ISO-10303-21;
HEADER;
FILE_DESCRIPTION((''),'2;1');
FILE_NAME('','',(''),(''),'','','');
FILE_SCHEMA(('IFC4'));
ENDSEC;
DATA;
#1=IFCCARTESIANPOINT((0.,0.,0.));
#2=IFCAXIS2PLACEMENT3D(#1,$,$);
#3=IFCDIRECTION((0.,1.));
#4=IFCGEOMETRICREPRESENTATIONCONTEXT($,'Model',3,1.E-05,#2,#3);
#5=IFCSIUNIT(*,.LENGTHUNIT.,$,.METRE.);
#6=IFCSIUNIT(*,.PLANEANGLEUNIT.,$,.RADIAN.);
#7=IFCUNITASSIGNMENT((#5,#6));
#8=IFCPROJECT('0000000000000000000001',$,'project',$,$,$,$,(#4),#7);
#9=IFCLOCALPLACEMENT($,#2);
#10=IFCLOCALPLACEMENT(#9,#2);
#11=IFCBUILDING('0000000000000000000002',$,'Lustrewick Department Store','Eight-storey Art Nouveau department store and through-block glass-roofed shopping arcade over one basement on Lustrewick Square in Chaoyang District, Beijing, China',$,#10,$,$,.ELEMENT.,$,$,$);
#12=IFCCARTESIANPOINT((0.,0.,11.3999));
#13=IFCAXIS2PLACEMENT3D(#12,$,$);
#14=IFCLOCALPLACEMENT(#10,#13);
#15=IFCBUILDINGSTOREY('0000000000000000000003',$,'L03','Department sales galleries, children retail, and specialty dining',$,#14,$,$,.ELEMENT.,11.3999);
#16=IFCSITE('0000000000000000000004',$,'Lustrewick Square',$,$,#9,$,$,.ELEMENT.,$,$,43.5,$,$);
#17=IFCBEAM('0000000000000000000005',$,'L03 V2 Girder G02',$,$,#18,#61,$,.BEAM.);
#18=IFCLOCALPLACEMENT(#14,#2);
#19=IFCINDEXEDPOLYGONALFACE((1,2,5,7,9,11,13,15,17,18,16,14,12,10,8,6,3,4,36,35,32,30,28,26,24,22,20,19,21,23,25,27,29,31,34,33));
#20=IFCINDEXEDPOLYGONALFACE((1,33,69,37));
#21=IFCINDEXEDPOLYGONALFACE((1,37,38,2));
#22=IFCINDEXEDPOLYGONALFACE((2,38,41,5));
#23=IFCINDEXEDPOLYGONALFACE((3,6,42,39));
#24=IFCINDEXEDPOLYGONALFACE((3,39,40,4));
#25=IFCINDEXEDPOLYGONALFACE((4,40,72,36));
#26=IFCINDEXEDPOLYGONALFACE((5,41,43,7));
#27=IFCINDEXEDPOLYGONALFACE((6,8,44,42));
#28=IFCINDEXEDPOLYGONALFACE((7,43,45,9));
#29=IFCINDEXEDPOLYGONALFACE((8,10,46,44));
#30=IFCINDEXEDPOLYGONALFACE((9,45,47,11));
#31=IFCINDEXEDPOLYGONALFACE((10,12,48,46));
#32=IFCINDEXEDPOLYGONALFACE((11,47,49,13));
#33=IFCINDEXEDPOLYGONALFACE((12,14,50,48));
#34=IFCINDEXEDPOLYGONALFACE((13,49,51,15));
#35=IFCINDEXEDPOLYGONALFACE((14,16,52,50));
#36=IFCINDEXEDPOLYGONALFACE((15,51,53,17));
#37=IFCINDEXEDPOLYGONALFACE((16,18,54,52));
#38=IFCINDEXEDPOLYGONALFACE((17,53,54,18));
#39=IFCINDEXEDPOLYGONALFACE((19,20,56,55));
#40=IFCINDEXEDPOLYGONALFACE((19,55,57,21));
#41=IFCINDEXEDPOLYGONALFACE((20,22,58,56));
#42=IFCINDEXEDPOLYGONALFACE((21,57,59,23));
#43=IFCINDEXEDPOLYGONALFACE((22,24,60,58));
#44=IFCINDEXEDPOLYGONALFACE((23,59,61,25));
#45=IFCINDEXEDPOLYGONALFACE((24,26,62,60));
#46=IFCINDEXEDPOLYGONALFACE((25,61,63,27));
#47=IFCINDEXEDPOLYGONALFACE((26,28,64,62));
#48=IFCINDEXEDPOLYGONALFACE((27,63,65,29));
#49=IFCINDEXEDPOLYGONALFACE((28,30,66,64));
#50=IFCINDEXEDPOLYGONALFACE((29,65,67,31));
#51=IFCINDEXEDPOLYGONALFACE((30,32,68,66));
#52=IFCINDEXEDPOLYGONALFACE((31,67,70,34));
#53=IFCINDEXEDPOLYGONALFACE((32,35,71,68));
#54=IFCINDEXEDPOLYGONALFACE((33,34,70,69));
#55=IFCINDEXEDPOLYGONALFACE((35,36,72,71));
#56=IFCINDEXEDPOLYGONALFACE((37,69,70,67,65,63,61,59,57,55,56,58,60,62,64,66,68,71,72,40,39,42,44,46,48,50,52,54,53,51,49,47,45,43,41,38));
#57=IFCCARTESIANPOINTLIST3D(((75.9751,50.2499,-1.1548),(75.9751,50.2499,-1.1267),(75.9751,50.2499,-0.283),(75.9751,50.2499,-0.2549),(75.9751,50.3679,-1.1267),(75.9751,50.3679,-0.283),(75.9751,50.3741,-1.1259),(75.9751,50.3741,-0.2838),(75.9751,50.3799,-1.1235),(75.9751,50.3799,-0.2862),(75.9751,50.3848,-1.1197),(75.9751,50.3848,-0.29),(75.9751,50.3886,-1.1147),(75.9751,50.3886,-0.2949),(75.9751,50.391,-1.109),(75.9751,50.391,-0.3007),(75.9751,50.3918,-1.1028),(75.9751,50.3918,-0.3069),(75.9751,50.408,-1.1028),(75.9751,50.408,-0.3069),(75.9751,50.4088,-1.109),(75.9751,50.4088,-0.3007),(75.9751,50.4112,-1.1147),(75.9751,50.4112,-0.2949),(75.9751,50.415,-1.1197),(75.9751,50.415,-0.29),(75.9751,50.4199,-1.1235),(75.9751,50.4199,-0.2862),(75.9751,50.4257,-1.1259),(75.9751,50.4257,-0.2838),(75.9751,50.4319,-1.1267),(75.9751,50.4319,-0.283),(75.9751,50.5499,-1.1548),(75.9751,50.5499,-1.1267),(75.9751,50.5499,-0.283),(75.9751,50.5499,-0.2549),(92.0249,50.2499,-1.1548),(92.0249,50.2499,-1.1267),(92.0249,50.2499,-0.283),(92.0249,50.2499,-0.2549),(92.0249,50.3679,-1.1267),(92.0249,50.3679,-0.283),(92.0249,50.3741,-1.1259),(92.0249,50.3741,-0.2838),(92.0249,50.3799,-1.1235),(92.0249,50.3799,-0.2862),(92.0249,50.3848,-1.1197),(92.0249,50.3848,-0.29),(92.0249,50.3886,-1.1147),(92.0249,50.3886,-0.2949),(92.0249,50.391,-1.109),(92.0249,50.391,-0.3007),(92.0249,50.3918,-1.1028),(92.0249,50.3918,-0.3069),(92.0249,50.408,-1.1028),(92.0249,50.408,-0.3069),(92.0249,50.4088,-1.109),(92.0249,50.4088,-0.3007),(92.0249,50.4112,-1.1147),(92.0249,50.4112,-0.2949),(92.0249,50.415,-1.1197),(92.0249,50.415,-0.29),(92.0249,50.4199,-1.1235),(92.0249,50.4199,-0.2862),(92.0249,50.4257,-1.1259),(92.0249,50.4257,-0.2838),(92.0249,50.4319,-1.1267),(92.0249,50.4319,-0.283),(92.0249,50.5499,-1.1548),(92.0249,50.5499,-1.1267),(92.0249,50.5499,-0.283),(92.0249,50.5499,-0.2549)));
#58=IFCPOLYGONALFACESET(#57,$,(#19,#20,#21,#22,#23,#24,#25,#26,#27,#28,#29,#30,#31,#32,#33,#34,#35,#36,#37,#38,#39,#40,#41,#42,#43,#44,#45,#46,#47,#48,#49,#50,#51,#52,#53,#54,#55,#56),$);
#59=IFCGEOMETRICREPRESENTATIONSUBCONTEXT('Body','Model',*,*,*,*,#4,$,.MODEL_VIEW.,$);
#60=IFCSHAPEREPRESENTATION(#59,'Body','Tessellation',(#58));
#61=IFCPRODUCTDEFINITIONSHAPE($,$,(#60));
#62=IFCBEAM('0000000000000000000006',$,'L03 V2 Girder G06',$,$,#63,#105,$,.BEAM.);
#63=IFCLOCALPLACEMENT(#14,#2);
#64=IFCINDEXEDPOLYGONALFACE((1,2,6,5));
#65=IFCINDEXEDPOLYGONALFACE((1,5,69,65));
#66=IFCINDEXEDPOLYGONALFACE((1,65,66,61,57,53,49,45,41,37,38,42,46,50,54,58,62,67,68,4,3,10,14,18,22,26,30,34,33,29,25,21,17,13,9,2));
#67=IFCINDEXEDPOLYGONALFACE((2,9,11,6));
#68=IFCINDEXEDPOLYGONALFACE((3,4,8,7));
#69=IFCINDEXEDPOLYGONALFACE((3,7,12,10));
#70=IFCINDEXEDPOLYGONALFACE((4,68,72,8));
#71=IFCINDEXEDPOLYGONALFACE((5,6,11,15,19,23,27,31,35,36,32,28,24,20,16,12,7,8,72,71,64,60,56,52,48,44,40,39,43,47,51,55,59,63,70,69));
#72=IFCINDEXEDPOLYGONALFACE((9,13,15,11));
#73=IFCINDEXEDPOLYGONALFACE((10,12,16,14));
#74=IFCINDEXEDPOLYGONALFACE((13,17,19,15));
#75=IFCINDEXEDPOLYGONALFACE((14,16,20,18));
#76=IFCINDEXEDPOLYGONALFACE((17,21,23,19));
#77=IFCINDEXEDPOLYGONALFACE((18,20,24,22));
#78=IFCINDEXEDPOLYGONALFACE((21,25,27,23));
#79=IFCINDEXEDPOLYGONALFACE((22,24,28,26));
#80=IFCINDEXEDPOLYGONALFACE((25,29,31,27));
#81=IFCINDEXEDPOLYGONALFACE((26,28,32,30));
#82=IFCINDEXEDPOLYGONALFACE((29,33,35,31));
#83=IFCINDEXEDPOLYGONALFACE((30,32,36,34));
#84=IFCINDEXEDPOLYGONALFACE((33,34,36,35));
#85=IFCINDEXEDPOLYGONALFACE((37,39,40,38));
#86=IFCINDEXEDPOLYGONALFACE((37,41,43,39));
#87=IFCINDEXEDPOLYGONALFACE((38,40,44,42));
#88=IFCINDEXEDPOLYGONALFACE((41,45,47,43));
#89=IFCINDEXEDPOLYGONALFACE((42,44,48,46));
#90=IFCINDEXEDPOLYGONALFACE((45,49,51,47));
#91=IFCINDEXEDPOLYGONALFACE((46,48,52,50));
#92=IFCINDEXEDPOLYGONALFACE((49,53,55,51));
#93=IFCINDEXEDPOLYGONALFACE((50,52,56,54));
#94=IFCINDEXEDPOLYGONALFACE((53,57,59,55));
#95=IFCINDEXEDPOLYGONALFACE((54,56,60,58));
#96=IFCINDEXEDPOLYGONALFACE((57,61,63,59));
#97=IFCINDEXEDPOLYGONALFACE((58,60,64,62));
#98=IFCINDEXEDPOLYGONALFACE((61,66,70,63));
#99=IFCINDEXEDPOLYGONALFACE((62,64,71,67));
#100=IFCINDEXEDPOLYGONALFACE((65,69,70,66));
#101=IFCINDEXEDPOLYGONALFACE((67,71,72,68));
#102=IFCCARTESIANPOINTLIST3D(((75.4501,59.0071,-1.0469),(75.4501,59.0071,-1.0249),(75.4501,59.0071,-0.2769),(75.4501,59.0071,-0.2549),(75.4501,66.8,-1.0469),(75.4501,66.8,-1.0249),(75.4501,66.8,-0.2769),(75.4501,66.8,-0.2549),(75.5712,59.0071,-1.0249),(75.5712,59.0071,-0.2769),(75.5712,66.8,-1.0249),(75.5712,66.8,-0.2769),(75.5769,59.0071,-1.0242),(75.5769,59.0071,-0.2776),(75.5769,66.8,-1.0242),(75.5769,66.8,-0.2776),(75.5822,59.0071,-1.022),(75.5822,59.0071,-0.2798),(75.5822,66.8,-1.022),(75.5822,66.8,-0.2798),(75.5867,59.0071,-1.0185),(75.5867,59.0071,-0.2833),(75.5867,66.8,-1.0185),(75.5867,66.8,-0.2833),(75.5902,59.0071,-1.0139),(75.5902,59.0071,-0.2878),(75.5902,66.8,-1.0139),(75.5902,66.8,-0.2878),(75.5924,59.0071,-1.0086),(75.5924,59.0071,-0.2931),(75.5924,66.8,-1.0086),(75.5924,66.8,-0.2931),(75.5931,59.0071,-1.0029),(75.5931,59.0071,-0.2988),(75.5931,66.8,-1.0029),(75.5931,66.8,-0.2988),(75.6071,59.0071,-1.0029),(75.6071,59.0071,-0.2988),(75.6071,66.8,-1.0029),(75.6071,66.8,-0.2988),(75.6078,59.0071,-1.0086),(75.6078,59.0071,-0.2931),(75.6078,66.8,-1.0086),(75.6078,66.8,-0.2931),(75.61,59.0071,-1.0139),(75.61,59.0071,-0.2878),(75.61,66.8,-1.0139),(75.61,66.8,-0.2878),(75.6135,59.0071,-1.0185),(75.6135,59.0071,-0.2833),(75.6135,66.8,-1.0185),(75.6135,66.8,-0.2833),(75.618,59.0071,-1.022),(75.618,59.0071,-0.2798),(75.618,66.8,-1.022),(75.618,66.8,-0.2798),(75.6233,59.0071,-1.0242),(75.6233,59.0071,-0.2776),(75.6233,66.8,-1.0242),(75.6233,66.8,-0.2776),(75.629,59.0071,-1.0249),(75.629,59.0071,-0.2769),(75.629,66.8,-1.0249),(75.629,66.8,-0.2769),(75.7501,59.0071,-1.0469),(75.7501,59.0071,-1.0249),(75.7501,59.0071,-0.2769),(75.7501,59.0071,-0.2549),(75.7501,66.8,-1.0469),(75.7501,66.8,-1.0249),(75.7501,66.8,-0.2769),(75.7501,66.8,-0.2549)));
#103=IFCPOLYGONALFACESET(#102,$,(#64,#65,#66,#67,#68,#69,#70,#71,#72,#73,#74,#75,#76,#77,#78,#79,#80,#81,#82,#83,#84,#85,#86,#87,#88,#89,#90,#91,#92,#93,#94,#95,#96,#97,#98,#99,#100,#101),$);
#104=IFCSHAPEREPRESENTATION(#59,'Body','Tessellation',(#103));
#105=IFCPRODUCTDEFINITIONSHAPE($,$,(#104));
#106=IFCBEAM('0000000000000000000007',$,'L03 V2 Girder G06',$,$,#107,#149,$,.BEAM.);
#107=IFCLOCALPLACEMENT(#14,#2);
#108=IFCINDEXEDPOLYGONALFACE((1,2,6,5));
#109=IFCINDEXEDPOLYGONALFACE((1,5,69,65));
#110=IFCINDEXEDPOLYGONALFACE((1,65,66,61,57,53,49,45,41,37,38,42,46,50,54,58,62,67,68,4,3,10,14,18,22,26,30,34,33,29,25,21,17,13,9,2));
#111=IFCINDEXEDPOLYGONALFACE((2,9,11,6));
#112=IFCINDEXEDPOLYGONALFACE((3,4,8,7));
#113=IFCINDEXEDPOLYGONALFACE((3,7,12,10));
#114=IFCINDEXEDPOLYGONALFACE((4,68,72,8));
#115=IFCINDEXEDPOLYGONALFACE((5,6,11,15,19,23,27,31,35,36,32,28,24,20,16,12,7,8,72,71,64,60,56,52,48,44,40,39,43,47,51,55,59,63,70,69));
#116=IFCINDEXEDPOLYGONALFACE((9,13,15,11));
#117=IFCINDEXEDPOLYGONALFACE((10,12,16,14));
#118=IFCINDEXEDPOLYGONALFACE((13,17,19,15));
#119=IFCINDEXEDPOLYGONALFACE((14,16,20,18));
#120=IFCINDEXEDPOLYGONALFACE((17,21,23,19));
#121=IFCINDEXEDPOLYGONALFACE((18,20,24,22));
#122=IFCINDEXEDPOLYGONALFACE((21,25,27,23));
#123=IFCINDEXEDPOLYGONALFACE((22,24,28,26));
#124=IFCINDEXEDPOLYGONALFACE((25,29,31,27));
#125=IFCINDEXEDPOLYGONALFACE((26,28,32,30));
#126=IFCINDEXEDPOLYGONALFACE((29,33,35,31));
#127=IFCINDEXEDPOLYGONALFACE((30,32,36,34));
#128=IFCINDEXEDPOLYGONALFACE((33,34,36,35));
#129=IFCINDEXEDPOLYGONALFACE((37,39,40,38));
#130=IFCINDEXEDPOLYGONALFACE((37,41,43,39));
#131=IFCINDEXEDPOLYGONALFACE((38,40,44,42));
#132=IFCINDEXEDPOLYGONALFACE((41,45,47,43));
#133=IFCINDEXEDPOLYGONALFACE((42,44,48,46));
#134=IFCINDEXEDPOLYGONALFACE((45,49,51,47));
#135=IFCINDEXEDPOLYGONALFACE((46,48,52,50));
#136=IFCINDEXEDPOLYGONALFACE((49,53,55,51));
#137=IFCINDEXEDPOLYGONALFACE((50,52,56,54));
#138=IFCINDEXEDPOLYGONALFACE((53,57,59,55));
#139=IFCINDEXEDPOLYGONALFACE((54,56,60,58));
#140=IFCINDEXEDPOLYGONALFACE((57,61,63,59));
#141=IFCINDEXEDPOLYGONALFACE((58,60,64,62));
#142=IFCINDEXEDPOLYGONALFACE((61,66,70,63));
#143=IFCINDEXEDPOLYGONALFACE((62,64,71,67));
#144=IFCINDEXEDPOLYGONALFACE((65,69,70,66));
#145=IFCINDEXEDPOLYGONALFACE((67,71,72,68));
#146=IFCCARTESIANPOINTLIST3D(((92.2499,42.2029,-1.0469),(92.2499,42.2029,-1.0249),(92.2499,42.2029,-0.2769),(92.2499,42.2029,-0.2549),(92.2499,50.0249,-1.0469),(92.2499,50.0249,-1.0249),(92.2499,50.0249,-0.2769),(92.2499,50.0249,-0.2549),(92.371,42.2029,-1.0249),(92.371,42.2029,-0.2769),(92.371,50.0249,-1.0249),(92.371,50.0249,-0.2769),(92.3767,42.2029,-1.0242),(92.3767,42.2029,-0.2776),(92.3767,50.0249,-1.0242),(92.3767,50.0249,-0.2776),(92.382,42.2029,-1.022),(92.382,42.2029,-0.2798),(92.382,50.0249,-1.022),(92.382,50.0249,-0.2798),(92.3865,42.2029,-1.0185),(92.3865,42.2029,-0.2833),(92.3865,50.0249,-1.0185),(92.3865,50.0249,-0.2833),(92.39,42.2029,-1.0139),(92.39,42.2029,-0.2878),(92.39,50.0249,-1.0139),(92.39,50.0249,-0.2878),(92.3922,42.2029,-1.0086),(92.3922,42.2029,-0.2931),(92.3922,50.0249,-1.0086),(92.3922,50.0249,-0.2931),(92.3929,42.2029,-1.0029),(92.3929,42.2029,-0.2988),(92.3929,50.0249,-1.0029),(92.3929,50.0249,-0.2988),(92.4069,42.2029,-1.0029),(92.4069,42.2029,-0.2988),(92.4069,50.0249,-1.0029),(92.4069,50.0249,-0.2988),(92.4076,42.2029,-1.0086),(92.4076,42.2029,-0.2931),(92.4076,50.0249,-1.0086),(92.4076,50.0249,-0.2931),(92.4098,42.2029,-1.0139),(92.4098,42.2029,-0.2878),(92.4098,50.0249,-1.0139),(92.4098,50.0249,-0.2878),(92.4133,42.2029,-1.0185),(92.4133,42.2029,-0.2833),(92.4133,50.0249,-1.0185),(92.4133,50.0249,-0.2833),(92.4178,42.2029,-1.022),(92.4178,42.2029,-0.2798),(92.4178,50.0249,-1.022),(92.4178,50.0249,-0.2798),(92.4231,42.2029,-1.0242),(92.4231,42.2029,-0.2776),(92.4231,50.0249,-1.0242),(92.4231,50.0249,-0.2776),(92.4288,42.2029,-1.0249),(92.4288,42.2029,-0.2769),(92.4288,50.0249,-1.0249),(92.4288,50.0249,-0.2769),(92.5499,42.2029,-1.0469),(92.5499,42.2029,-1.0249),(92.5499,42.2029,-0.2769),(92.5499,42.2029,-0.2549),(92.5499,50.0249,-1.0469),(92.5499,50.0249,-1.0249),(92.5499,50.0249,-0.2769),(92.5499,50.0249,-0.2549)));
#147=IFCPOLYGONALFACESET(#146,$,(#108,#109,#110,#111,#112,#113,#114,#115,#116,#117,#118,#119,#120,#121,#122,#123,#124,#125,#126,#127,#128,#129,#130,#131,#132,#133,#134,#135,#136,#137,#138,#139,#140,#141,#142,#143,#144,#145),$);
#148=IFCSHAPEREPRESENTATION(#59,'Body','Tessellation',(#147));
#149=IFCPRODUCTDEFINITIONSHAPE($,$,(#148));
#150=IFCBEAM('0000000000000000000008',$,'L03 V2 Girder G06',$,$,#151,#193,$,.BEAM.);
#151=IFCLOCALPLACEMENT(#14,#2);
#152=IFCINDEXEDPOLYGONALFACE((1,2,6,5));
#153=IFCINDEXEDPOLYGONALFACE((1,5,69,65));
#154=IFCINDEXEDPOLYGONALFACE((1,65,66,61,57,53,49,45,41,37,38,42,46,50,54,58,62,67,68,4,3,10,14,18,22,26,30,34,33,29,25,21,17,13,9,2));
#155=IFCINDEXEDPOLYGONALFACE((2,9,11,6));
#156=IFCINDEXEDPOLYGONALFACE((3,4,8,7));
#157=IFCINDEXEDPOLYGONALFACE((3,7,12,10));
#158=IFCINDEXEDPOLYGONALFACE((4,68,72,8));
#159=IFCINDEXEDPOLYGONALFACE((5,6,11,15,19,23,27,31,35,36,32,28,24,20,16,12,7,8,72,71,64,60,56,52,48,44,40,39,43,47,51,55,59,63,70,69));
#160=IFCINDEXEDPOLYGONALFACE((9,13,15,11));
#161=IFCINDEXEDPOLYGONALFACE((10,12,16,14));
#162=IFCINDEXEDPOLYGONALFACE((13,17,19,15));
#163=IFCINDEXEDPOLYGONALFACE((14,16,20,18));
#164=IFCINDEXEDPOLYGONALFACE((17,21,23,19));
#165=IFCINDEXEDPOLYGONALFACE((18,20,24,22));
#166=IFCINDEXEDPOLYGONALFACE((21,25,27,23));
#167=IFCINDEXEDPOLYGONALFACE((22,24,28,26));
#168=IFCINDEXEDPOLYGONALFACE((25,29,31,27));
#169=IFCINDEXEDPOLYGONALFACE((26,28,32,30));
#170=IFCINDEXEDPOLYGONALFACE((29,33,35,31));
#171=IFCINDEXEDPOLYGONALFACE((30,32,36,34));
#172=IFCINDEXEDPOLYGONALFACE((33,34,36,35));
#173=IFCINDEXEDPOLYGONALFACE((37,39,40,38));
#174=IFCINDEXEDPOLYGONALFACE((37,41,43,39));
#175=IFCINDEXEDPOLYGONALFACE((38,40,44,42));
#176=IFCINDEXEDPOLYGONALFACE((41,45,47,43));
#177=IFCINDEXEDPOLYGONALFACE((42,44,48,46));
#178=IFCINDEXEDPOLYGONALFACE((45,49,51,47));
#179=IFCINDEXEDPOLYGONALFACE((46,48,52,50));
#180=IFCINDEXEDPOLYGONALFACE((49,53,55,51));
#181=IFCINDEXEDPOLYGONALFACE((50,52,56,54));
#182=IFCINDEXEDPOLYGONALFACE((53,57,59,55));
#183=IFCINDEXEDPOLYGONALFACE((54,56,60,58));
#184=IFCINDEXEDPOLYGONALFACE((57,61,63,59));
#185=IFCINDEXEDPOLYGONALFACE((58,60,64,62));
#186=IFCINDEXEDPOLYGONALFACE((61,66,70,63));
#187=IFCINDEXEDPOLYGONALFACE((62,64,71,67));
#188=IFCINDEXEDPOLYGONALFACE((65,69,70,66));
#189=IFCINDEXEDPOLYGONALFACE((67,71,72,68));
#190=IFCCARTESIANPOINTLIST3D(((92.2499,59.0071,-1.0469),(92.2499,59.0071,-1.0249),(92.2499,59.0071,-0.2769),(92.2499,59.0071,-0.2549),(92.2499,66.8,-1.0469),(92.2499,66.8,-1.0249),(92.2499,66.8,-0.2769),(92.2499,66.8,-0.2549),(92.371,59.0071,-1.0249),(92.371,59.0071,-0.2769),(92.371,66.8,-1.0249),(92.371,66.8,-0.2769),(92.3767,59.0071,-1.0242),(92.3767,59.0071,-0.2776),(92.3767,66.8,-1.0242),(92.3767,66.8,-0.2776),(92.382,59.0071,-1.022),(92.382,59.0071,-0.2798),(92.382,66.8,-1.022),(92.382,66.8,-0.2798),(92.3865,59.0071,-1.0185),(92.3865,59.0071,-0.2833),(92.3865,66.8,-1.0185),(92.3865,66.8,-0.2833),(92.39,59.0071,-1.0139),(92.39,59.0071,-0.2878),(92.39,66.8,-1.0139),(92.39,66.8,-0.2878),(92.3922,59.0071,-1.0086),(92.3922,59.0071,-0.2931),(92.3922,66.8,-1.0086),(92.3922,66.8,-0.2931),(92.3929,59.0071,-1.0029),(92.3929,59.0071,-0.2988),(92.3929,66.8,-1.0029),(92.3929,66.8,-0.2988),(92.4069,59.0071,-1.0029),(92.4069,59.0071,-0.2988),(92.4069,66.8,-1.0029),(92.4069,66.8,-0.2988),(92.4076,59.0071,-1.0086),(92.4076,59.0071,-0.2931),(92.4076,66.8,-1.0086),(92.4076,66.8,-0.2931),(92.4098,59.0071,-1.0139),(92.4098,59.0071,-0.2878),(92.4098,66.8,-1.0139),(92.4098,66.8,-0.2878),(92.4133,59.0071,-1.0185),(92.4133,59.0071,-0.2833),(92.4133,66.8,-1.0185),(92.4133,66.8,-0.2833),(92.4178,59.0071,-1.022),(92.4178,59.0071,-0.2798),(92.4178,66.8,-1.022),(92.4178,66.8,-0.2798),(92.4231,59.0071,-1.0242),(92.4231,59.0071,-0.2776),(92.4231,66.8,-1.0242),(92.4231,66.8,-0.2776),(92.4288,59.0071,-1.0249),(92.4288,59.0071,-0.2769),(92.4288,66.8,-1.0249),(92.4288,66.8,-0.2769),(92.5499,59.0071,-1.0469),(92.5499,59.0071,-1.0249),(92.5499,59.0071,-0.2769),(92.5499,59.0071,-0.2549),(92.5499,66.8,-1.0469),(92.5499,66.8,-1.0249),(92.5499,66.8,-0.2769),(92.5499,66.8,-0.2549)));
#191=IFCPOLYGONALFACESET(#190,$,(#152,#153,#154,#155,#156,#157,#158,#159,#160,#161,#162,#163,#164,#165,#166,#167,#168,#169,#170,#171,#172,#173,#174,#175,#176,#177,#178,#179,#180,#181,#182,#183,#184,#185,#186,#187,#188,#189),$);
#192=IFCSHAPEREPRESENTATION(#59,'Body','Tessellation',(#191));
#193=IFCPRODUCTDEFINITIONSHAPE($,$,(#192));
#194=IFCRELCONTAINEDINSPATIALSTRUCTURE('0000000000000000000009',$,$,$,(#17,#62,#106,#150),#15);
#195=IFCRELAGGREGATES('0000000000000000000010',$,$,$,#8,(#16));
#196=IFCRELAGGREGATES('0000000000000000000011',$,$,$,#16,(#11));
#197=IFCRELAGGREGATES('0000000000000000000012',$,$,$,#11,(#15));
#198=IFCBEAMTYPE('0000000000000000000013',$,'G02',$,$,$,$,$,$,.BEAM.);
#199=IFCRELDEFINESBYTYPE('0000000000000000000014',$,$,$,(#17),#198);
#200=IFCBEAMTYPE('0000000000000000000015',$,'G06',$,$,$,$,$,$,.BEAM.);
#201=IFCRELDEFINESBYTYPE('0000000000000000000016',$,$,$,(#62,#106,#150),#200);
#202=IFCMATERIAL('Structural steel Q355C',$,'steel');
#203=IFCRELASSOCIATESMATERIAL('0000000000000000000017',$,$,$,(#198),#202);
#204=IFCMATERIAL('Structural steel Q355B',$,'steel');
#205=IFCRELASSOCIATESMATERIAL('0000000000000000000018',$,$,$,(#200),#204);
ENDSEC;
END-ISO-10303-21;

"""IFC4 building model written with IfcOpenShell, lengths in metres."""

from ifc_helpers import new_model, si_unit, direction, frame, origin, origin_2d, place, context, subcontext, project, spatial, i_section, extrude, material, material_profile, profile_set, type_object, element, save


model = new_model("IFC4")

# Units and contexts
model_context = context("Model", 3, precision=1e-05, world=origin(), true_north=direction((0.0, 1.0)))
body_context = subcontext(model_context, "Body", "Model", "MODEL_VIEW")
ifc_project = project(units=[si_unit("LENGTHUNIT", "METRE"), si_unit("PLANEANGLEUNIT", "RADIAN")], contexts=[model_context])

# Site, building, storey
site_placement = place(None, origin())
site = spatial("IfcSite", under=ifc_project, at=site_placement, Name="Lustrewick Square", CompositionType="ELEMENT", RefElevation=43.5)
building_placement = place(site_placement, origin())
building = spatial("IfcBuilding", under=site, at=building_placement, Name="Lustrewick Department Store", Description="Eight-storey Art Nouveau department store and through-block glass-roofed shopping arcade over one basement on Lustrewick Square in Chaoyang District, Beijing, China", CompositionType="ELEMENT")
storey_placement = place(building_placement, frame((0.0, 0.0, 11.3999)))
storey = spatial("IfcBuildingStorey", under=building, at=storey_placement, Name="L03", Description="Department sales galleries, children retail, and specialty dining", CompositionType="ELEMENT", Elevation=11.3999)

# Shared definitions
ifc_material_1 = material(Name="Structural steel Q355B", Category="steel")

# Beams
ifc_material_2 = material(Name="Structural steel Q355C", Category="steel")
ifc_material_profile_1 = material_profile(ifc_material_2, i_section(OverallWidth=0.3, OverallDepth=0.8999, WebThickness=0.0161, FlangeThickness=0.0281, FilletRadius=0.0239, at=origin_2d()), Name="HN 900x300x16x28")
ifc_profile_set_1 = profile_set([ifc_material_profile_1], Name="Structural steel Q355C")
beam_type_1 = type_object("IfcBeamType", Name="G02", PredefinedType="BEAM", material=ifc_profile_set_1)
beam_1_placement = place(storey_placement, frame((75.9751, 50.3999, -0.7048), z_axis=(1.0, 0.0, 0.0), x_axis=(0.0, 1.0, 0.0)))
element("IfcBeam", 1, at=beam_1_placement, inside=storey, type_object=beam_type_1, Name="L03 V2 Girder G02", PredefinedType="BEAM", context=body_context, shape_type="SweptSolid", body=[
    extrude(i_section(OverallWidth=0.3, OverallDepth=0.8999, WebThickness=0.0161, FlangeThickness=0.0281, FilletRadius=0.0239, at=origin_2d()), origin(), (0.0, 0.0, 1.0), 16.0498),
])
ifc_material_profile_2 = material_profile(ifc_material_1, i_section(OverallWidth=0.3, OverallDepth=0.792, WebThickness=0.0139, FlangeThickness=0.022, FilletRadius=0.022, at=origin_2d()), Name="HN 792x300x14x22")
ifc_profile_set_2 = profile_set([ifc_material_profile_2], Name="Structural steel Q355B")
beam_type_2 = type_object("IfcBeamType", Name="G06", PredefinedType="BEAM", material=ifc_profile_set_2)
beam_2_placement = place(storey_placement, frame((75.6001, 59.0071, -0.6509), z_axis=(0.0, 1.0, 0.0), x_axis=(-1.0, 0.0, 0.0)))
element("IfcBeam", 2, at=beam_2_placement, inside=storey, type_object=beam_type_2, Name="L03 V2 Girder G06", PredefinedType="BEAM", context=body_context, shape_type="SweptSolid", body=[
    extrude(i_section(OverallWidth=0.3, OverallDepth=0.792, WebThickness=0.0139, FlangeThickness=0.022, FilletRadius=0.022, at=origin_2d()), origin(), (0.0, 0.0, 1.0), 7.793),
])
beam_3_placement = place(storey_placement, frame((92.3999, 42.2029, -0.6509), z_axis=(0.0, 1.0, 0.0), x_axis=(-1.0, 0.0, 0.0)))
element("IfcBeam", 3, at=beam_3_placement, inside=storey, type_object=beam_type_2, Name="L03 V2 Girder G06", PredefinedType="BEAM", context=body_context, shape_type="SweptSolid", body=[
    extrude(i_section(OverallWidth=0.3, OverallDepth=0.792, WebThickness=0.0139, FlangeThickness=0.022, FilletRadius=0.022, at=origin_2d()), origin(), (0.0, 0.0, 1.0), 7.822),
])
beam_4_placement = place(storey_placement, frame((92.3999, 59.0071, -0.6509), z_axis=(0.0, 1.0, 0.0), x_axis=(-1.0, 0.0, 0.0)))
element("IfcBeam", 4, at=beam_4_placement, inside=storey, type_object=beam_type_2, Name="L03 V2 Girder G06", PredefinedType="BEAM", context=body_context, shape_type="SweptSolid", body=[
    extrude(i_section(OverallWidth=0.3, OverallDepth=0.792, WebThickness=0.0139, FlangeThickness=0.022, FilletRadius=0.022, at=origin_2d()), origin(), (0.0, 0.0, 1.0), 7.793),
])

save(model, "model.ifc")
